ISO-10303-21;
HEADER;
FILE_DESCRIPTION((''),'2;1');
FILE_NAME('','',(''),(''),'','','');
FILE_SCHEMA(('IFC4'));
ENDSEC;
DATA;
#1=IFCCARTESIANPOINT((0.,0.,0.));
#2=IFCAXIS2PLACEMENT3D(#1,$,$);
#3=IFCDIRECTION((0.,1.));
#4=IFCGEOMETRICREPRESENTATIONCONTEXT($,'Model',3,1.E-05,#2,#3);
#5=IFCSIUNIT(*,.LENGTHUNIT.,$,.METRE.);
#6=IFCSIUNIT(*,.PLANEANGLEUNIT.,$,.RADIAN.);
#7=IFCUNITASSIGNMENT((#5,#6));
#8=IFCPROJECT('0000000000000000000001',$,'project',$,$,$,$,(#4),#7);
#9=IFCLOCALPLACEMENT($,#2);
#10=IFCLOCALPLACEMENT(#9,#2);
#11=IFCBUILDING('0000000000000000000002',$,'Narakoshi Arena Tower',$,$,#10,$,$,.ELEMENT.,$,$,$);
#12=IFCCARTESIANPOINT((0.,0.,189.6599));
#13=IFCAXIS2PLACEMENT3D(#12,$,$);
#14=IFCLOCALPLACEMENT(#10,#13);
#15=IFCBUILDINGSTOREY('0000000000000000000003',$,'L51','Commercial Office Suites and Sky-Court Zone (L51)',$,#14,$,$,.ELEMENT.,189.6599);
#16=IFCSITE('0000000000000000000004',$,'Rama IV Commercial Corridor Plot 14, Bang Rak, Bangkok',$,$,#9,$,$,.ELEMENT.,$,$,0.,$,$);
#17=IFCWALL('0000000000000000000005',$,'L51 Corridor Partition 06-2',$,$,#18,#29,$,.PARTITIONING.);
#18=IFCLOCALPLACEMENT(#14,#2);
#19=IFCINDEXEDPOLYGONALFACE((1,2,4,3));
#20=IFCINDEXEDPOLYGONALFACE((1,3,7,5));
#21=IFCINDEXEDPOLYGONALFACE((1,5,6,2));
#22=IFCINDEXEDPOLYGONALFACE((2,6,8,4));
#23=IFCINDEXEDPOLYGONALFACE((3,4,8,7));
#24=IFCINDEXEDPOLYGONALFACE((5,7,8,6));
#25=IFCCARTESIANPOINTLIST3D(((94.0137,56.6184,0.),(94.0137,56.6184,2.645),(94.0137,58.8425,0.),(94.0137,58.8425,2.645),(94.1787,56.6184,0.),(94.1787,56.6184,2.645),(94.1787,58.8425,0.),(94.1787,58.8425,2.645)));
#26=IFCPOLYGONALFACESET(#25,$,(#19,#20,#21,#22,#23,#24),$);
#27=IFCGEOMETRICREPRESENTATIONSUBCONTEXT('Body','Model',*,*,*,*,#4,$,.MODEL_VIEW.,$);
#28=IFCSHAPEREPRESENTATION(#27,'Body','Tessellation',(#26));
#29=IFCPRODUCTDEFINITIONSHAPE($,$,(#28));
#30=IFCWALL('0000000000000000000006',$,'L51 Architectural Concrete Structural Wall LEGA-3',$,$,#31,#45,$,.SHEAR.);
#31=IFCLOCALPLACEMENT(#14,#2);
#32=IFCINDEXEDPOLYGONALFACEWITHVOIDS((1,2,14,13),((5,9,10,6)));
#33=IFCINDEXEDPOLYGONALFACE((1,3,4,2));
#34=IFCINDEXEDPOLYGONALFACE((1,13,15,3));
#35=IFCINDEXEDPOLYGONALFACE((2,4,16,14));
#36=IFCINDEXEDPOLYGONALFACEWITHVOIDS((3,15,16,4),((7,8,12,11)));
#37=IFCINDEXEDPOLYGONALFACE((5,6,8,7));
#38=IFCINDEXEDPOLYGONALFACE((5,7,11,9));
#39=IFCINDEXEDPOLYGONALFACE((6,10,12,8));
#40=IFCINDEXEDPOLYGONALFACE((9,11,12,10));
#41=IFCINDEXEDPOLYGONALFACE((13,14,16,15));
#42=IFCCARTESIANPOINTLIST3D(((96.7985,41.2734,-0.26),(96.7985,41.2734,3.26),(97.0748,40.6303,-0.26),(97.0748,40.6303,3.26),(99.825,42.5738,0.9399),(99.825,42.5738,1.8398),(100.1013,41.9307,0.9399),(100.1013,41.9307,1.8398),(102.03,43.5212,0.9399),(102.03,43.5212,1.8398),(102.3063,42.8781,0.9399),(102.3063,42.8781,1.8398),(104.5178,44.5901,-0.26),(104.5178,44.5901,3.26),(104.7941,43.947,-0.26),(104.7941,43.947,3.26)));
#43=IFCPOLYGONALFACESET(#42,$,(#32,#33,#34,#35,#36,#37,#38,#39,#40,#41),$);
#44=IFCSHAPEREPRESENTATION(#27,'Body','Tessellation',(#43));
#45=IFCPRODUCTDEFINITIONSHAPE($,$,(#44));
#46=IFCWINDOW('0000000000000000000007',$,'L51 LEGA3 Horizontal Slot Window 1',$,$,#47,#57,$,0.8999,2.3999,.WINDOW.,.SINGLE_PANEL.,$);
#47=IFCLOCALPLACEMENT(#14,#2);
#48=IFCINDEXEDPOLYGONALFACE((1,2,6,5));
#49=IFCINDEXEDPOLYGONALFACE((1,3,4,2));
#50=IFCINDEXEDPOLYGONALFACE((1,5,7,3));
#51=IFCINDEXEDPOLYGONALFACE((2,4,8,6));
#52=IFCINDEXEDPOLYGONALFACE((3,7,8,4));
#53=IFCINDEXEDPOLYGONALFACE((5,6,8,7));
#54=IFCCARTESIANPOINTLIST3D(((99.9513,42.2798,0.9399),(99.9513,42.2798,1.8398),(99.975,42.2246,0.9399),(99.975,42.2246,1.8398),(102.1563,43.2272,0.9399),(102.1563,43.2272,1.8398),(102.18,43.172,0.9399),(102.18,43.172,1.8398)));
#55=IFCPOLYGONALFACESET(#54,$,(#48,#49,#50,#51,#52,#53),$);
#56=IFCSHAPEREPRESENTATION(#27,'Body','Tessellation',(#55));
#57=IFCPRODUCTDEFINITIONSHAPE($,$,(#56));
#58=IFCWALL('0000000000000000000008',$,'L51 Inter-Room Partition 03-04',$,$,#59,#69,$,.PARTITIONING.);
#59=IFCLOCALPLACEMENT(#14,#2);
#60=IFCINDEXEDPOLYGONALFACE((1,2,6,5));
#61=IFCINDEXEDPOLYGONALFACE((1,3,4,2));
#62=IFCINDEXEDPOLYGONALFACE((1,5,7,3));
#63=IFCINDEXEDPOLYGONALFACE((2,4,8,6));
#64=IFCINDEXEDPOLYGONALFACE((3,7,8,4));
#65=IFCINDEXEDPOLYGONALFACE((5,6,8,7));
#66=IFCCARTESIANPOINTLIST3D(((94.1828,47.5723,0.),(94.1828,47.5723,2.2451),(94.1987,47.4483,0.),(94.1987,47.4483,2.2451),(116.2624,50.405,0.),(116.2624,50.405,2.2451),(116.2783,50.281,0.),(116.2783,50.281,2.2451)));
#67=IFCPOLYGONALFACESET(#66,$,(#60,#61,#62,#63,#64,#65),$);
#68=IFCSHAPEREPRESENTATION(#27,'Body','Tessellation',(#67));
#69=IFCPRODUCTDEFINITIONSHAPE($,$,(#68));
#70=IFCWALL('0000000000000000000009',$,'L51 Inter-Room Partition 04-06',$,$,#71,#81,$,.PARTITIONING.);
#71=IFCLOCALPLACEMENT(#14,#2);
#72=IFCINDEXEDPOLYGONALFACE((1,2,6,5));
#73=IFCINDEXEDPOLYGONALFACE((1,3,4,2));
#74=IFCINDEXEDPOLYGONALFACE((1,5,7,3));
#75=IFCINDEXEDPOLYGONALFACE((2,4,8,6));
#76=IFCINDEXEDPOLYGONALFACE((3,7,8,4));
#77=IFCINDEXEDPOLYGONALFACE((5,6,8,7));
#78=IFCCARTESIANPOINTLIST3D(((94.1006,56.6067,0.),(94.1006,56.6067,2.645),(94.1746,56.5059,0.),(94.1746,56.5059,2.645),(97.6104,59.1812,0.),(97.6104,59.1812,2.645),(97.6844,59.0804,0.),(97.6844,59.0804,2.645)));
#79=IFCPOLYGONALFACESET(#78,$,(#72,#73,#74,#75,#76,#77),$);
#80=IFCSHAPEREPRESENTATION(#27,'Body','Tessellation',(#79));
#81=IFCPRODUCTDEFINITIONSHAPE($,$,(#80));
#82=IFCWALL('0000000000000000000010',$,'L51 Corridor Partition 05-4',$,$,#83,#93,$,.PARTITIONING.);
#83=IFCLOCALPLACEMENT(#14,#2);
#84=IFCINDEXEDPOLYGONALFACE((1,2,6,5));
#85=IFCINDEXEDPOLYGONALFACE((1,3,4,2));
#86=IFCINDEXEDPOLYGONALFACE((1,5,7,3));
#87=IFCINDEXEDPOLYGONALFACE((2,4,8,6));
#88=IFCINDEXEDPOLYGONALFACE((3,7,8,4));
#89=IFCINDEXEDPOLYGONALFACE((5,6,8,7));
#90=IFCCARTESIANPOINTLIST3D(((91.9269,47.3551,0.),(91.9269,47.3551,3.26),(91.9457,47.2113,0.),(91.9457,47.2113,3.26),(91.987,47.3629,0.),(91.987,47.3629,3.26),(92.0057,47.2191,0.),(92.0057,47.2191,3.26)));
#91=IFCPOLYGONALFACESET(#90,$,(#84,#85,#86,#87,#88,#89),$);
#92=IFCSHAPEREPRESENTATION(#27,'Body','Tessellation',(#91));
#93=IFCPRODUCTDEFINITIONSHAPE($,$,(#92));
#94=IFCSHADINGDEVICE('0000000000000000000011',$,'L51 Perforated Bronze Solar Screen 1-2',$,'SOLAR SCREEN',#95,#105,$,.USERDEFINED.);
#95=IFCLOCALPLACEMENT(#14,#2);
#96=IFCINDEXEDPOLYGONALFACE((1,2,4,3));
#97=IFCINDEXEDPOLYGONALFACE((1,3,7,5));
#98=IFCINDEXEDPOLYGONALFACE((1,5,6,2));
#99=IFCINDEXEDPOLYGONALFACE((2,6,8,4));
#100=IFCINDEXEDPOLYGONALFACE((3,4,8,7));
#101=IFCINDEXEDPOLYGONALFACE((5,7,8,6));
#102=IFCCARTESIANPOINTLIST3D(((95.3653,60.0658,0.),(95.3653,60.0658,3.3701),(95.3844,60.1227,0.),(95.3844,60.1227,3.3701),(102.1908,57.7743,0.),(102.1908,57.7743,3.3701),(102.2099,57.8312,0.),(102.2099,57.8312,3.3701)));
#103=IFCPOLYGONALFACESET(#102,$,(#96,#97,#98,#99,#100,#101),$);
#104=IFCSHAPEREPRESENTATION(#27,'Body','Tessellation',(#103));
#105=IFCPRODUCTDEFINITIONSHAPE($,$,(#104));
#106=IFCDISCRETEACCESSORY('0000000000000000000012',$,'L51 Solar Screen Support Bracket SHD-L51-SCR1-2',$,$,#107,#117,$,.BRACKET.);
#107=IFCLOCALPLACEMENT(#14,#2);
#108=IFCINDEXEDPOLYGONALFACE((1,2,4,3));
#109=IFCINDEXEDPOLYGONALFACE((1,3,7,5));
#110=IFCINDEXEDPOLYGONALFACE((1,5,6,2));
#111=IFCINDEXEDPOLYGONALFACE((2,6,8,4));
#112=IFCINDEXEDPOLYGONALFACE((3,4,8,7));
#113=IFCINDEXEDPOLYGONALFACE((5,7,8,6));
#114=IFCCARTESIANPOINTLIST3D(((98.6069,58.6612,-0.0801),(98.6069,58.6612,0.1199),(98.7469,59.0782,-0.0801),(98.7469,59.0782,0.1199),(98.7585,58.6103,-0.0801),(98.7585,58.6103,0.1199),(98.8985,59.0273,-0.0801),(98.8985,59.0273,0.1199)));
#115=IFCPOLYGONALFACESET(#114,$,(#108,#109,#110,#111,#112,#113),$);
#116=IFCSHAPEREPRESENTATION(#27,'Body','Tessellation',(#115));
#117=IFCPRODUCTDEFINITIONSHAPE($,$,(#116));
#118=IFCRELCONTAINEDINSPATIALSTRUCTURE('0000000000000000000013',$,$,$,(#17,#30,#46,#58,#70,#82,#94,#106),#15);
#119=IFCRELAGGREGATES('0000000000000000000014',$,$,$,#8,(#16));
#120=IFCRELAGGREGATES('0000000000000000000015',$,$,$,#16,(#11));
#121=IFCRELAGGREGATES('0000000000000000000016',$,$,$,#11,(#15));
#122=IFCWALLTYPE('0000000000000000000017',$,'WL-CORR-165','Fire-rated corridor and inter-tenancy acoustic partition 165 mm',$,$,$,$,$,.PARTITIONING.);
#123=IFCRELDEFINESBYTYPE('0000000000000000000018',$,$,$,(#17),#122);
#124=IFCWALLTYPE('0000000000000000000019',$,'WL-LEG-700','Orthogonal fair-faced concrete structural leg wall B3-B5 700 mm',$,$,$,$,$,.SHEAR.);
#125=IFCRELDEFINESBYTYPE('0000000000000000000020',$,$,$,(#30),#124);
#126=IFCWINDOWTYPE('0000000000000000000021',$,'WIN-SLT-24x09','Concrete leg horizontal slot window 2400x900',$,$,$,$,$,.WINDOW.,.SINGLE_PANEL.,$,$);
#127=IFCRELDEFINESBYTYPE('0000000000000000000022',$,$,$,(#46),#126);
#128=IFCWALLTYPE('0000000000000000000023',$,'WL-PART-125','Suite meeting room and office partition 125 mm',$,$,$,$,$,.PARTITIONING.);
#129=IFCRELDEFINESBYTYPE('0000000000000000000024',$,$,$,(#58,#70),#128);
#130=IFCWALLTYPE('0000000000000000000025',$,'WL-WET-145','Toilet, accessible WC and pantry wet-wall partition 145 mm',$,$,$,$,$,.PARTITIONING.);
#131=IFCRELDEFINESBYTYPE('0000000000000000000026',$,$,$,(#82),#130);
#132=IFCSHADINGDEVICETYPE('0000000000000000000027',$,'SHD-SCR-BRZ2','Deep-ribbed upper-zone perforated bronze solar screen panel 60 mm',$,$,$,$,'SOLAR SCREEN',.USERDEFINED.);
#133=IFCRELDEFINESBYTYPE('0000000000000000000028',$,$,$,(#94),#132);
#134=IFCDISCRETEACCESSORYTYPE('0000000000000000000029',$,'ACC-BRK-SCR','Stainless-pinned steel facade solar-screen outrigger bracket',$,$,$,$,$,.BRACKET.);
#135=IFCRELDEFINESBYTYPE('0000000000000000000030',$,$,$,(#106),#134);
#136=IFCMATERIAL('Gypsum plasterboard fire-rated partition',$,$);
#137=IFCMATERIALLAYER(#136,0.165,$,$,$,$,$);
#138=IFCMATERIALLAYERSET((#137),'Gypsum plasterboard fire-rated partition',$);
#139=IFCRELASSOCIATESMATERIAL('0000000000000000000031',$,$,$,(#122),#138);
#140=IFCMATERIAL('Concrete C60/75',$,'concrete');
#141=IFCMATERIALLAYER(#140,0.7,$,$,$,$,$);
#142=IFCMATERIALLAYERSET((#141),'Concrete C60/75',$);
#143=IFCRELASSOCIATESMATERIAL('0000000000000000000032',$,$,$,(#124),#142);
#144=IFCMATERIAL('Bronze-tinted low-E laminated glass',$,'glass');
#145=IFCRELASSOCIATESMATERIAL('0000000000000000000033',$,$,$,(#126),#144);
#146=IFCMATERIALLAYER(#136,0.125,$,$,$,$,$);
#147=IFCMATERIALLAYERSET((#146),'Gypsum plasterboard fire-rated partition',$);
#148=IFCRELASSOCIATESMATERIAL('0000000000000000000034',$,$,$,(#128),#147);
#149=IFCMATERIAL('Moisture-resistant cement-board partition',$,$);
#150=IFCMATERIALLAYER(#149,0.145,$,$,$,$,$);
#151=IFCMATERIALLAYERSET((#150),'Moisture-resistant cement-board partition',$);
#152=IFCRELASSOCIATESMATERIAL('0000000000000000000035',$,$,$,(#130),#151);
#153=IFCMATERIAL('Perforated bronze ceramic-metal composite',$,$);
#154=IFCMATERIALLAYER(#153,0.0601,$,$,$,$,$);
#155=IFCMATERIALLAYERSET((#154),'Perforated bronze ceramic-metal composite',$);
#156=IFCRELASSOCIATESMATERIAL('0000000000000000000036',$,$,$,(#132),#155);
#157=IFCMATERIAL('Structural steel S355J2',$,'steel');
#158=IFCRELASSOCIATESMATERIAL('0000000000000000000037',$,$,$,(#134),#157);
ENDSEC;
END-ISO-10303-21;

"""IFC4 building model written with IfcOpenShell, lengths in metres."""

from ifc_helpers import new_model, si_unit, direction, frame, frame_2d, origin, origin_2d, place, context, subcontext, project, spatial, rectangle, extrude, material, layer, layer_set, type_object, element, fill, save


model = new_model("IFC4")

# Units and contexts
model_context = context("Model", 3, precision=1e-05, world=origin(), true_north=direction((0.0, 1.0)))
body_context = subcontext(model_context, "Body", "Model", "MODEL_VIEW")
ifc_project = project(units=[si_unit("LENGTHUNIT", "METRE"), si_unit("PLANEANGLEUNIT", "RADIAN")], contexts=[model_context])

# Site, building, storey
site_placement = place(None, origin())
site = spatial("IfcSite", under=ifc_project, at=site_placement, Name="Rama IV Commercial Corridor Plot 14, Bang Rak, Bangkok", CompositionType="ELEMENT", RefElevation=0.0)
building_placement = place(site_placement, origin())
building = spatial("IfcBuilding", under=site, at=building_placement, Name="Narakoshi Arena Tower", CompositionType="ELEMENT")
storey_placement = place(building_placement, frame((0.0, 0.0, 189.6599)))
storey = spatial("IfcBuildingStorey", under=building, at=storey_placement, Name="L51", Description="Commercial Office Suites and Sky-Court Zone (L51)", CompositionType="ELEMENT", Elevation=189.6599)

# Shared definitions
ifc_material_1 = material(Name="Concrete C60/75", Category="concrete")
ifc_material_2 = material(Name="Structural steel S355J2", Category="steel")

# Shared definitions
ifc_material_3 = material(Name="Bronze-tinted low-E laminated glass", Category="glass")

# Shared definitions
ifc_material_4 = material(Name="Gypsum plasterboard fire-rated partition")
ifc_layer_1 = layer(ifc_material_4, 0.165)
ifc_layer_set_1 = layer_set([ifc_layer_1], Name="Gypsum plasterboard fire-rated partition")
wall_type_1 = type_object("IfcWallType", Name="WL-CORR-165", Description="Fire-rated corridor and inter-tenancy acoustic partition 165 mm", PredefinedType="PARTITIONING", material=ifc_layer_set_1)

# Wall
wall_1_placement = place(storey_placement, frame((94.0962, 56.6184, 0.0), z_axis=(0.0, 0.0, 1.0), x_axis=(0.0, 1.0, 0.0)))
element("IfcWall", 1, at=wall_1_placement, inside=storey, type_object=wall_type_1, Name="L51 Corridor Partition 06-2", PredefinedType="PARTITIONING", context=body_context, shape_type="SweptSolid", body=[
    extrude(rectangle(XDim=2.2241, YDim=0.165, at=frame_2d((1.1121, 0.0))), origin(), (0.0, 0.0, 1.0), 2.645),
])

# Wall, opening, window
ifc_layer_2 = layer(ifc_material_1, 0.7)
ifc_layer_set_2 = layer_set([ifc_layer_2], Name="Concrete C60/75")
wall_type_2 = type_object("IfcWallType", Name="WL-LEG-700", Description="Orthogonal fair-faced concrete structural leg wall B3-B5 700 mm", PredefinedType="SHEAR", material=ifc_layer_set_2)
wall_2_placement = place(storey_placement, frame((96.9368, 40.9519, -0.26), z_axis=(0.0, 0.0, 1.0), x_axis=(0.918782, 0.394764, 0.0)))
wall_2 = element("IfcWall", 2, at=wall_2_placement, inside=storey, type_object=wall_type_2, Name="L51 Architectural Concrete Structural Wall LEGA-3", PredefinedType="SHEAR", context=body_context, shape_type="SweptSolid", body=[
    extrude(rectangle(XDim=8.4016, YDim=0.7, at=frame_2d((4.2007, 0.0))), origin(), (0.0, 0.0, 1.0), 3.52),
])
opening_1_placement = place(wall_2_placement, frame((3.2939, 0.0, 1.2)))
opening_1 = element("IfcOpeningElement", 3, at=opening_1_placement, cuts=wall_2, PredefinedType="OPENING", context=body_context, shape_type="SweptSolid", body=[
    extrude(rectangle(XDim=2.3999, YDim=0.8999, at=frame_2d((1.2, 0.45))), frame((0.0, 0.3599, 0.0), z_axis=(0.0, -1.0, 0.0), x_axis=(1.0, 0.0, 0.0)), (0.0, 0.0, 1.0), 0.72),
])
window_type = type_object("IfcWindowType", Name="WIN-SLT-24x09", Description="Concrete leg horizontal slot window 2400x900", PartitioningType="SINGLE_PANEL", PredefinedType="WINDOW", material=ifc_material_3)
window_placement = place(opening_1_placement, origin())
window = element("IfcWindow", 4, at=window_placement, inside=storey, type_object=window_type, Name="L51 LEGA3 Horizontal Slot Window 1", OverallHeight=0.8999, OverallWidth=2.3999, PartitioningType="SINGLE_PANEL", PredefinedType="WINDOW", context=body_context, shape_type="SweptSolid", body=[
    extrude(rectangle(XDim=2.3999, YDim=0.8999, at=frame_2d((1.2, 0.45))), frame((0.0, 0.03, 0.0), z_axis=(0.0, -1.0, 0.0), x_axis=(1.0, 0.0, 0.0)), (0.0, 0.0, 1.0), 0.0601),
])
fill(opening_1, window)

# Walls
ifc_layer_3 = layer(ifc_material_4, 0.125)
ifc_layer_set_3 = layer_set([ifc_layer_3], Name="Gypsum plasterboard fire-rated partition")
wall_type_3 = type_object("IfcWallType", Name="WL-PART-125", Description="Suite meeting room and office partition 125 mm", PredefinedType="PARTITIONING", material=ifc_layer_set_3)
wall_3_placement = place(storey_placement, frame((94.1907, 47.5103, 0.0), z_axis=(0.0, 0.0, 1.0), x_axis=(0.99187, 0.127255, 0.0)))
element("IfcWall", 5, at=wall_3_placement, inside=storey, type_object=wall_type_3, Name="L51 Inter-Room Partition 03-04", PredefinedType="PARTITIONING", context=body_context, shape_type="SweptSolid", body=[
    extrude(rectangle(XDim=22.2605, YDim=0.125, at=frame_2d((11.1304, 0.0))), origin(), (0.0, 0.0, 1.0), 2.2451),
])
wall_4_placement = place(storey_placement, frame((94.1377, 56.5564, 0.0), z_axis=(0.0, 0.0, 1.0), x_axis=(0.806335, 0.591458, 0.0)))
element("IfcWall", 6, at=wall_4_placement, inside=storey, type_object=wall_type_3, Name="L51 Inter-Room Partition 04-06", PredefinedType="PARTITIONING", context=body_context, shape_type="SweptSolid", body=[
    extrude(rectangle(XDim=4.3528, YDim=0.125, at=frame_2d((2.1763, 0.0))), origin(), (0.0, 0.0, 1.0), 2.645),
])
ifc_material_5 = material(Name="Moisture-resistant cement-board partition")
ifc_layer_4 = layer(ifc_material_5, 0.145)
ifc_layer_set_4 = layer_set([ifc_layer_4], Name="Moisture-resistant cement-board partition")
wall_type_4 = type_object("IfcWallType", Name="WL-WET-145", Description="Toilet, accessible WC and pantry wet-wall partition 145 mm", PredefinedType="PARTITIONING", material=ifc_layer_set_4)
wall_5_placement = place(storey_placement, frame((91.9963, 47.291, 0.0), z_axis=(0.0, 0.0, 1.0), x_axis=(-0.991645, -0.128995, 0.0)))
element("IfcWall", 7, at=wall_5_placement, inside=storey, type_object=wall_type_4, Name="L51 Corridor Partition 05-4", PredefinedType="PARTITIONING", context=body_context, shape_type="SweptSolid", body=[
    extrude(rectangle(XDim=0.0605, YDim=0.145, at=frame_2d((0.0303, 0.0))), origin(), (0.0, 0.0, 1.0), 3.26),
])

# Shading device
ifc_material_6 = material(Name="Perforated bronze ceramic-metal composite")
ifc_layer_5 = layer(ifc_material_6, 0.0601)
ifc_layer_set_5 = layer_set([ifc_layer_5], Name="Perforated bronze ceramic-metal composite")
shading_device_type = type_object("IfcShadingDeviceType", Name="SHD-SCR-BRZ2", Description="Deep-ribbed upper-zone perforated bronze solar screen panel 60 mm", ElementType="SOLAR SCREEN", PredefinedType="USERDEFINED", material=ifc_layer_set_5)
shading_device_placement = place(storey_placement, frame((98.7876, 58.9485, 0.0), z_axis=(0.0, 0.0, 1.0), x_axis=(-0.948002, 0.318264, 0.0)))
element("IfcShadingDevice", 8, at=shading_device_placement, inside=storey, type_object=shading_device_type, Name="L51 Perforated Bronze Solar Screen 1-2", ObjectType="SOLAR SCREEN", PredefinedType="USERDEFINED", context=body_context, shape_type="SweptSolid", body=[
    extrude(rectangle(XDim=7.2, YDim=0.0601, at=origin_2d()), origin(), (0.0, 0.0, 1.0), 3.3701),
])

# Discrete accessory
discrete_accessory_type = type_object("IfcDiscreteAccessoryType", Name="ACC-BRK-SCR", Description="Stainless-pinned steel facade solar-screen outrigger bracket", PredefinedType="BRACKET", material=ifc_material_2)
discrete_accessory_placement = place(storey_placement, frame((98.7527, 58.8442, -0.0801), z_axis=(0.0, 0.0, 1.0), x_axis=(-0.948002, 0.318264, 0.0)))
element("IfcDiscreteAccessory", 9, at=discrete_accessory_placement, inside=storey, type_object=discrete_accessory_type, Name="L51 Solar Screen Support Bracket SHD-L51-SCR1-2", PredefinedType="BRACKET", context=body_context, shape_type="SweptSolid", body=[
    extrude(rectangle(XDim=0.1599, YDim=0.4399, at=origin_2d()), origin(), (0.0, 0.0, 1.0), 0.2),
])

save(model, "model.ifc")
